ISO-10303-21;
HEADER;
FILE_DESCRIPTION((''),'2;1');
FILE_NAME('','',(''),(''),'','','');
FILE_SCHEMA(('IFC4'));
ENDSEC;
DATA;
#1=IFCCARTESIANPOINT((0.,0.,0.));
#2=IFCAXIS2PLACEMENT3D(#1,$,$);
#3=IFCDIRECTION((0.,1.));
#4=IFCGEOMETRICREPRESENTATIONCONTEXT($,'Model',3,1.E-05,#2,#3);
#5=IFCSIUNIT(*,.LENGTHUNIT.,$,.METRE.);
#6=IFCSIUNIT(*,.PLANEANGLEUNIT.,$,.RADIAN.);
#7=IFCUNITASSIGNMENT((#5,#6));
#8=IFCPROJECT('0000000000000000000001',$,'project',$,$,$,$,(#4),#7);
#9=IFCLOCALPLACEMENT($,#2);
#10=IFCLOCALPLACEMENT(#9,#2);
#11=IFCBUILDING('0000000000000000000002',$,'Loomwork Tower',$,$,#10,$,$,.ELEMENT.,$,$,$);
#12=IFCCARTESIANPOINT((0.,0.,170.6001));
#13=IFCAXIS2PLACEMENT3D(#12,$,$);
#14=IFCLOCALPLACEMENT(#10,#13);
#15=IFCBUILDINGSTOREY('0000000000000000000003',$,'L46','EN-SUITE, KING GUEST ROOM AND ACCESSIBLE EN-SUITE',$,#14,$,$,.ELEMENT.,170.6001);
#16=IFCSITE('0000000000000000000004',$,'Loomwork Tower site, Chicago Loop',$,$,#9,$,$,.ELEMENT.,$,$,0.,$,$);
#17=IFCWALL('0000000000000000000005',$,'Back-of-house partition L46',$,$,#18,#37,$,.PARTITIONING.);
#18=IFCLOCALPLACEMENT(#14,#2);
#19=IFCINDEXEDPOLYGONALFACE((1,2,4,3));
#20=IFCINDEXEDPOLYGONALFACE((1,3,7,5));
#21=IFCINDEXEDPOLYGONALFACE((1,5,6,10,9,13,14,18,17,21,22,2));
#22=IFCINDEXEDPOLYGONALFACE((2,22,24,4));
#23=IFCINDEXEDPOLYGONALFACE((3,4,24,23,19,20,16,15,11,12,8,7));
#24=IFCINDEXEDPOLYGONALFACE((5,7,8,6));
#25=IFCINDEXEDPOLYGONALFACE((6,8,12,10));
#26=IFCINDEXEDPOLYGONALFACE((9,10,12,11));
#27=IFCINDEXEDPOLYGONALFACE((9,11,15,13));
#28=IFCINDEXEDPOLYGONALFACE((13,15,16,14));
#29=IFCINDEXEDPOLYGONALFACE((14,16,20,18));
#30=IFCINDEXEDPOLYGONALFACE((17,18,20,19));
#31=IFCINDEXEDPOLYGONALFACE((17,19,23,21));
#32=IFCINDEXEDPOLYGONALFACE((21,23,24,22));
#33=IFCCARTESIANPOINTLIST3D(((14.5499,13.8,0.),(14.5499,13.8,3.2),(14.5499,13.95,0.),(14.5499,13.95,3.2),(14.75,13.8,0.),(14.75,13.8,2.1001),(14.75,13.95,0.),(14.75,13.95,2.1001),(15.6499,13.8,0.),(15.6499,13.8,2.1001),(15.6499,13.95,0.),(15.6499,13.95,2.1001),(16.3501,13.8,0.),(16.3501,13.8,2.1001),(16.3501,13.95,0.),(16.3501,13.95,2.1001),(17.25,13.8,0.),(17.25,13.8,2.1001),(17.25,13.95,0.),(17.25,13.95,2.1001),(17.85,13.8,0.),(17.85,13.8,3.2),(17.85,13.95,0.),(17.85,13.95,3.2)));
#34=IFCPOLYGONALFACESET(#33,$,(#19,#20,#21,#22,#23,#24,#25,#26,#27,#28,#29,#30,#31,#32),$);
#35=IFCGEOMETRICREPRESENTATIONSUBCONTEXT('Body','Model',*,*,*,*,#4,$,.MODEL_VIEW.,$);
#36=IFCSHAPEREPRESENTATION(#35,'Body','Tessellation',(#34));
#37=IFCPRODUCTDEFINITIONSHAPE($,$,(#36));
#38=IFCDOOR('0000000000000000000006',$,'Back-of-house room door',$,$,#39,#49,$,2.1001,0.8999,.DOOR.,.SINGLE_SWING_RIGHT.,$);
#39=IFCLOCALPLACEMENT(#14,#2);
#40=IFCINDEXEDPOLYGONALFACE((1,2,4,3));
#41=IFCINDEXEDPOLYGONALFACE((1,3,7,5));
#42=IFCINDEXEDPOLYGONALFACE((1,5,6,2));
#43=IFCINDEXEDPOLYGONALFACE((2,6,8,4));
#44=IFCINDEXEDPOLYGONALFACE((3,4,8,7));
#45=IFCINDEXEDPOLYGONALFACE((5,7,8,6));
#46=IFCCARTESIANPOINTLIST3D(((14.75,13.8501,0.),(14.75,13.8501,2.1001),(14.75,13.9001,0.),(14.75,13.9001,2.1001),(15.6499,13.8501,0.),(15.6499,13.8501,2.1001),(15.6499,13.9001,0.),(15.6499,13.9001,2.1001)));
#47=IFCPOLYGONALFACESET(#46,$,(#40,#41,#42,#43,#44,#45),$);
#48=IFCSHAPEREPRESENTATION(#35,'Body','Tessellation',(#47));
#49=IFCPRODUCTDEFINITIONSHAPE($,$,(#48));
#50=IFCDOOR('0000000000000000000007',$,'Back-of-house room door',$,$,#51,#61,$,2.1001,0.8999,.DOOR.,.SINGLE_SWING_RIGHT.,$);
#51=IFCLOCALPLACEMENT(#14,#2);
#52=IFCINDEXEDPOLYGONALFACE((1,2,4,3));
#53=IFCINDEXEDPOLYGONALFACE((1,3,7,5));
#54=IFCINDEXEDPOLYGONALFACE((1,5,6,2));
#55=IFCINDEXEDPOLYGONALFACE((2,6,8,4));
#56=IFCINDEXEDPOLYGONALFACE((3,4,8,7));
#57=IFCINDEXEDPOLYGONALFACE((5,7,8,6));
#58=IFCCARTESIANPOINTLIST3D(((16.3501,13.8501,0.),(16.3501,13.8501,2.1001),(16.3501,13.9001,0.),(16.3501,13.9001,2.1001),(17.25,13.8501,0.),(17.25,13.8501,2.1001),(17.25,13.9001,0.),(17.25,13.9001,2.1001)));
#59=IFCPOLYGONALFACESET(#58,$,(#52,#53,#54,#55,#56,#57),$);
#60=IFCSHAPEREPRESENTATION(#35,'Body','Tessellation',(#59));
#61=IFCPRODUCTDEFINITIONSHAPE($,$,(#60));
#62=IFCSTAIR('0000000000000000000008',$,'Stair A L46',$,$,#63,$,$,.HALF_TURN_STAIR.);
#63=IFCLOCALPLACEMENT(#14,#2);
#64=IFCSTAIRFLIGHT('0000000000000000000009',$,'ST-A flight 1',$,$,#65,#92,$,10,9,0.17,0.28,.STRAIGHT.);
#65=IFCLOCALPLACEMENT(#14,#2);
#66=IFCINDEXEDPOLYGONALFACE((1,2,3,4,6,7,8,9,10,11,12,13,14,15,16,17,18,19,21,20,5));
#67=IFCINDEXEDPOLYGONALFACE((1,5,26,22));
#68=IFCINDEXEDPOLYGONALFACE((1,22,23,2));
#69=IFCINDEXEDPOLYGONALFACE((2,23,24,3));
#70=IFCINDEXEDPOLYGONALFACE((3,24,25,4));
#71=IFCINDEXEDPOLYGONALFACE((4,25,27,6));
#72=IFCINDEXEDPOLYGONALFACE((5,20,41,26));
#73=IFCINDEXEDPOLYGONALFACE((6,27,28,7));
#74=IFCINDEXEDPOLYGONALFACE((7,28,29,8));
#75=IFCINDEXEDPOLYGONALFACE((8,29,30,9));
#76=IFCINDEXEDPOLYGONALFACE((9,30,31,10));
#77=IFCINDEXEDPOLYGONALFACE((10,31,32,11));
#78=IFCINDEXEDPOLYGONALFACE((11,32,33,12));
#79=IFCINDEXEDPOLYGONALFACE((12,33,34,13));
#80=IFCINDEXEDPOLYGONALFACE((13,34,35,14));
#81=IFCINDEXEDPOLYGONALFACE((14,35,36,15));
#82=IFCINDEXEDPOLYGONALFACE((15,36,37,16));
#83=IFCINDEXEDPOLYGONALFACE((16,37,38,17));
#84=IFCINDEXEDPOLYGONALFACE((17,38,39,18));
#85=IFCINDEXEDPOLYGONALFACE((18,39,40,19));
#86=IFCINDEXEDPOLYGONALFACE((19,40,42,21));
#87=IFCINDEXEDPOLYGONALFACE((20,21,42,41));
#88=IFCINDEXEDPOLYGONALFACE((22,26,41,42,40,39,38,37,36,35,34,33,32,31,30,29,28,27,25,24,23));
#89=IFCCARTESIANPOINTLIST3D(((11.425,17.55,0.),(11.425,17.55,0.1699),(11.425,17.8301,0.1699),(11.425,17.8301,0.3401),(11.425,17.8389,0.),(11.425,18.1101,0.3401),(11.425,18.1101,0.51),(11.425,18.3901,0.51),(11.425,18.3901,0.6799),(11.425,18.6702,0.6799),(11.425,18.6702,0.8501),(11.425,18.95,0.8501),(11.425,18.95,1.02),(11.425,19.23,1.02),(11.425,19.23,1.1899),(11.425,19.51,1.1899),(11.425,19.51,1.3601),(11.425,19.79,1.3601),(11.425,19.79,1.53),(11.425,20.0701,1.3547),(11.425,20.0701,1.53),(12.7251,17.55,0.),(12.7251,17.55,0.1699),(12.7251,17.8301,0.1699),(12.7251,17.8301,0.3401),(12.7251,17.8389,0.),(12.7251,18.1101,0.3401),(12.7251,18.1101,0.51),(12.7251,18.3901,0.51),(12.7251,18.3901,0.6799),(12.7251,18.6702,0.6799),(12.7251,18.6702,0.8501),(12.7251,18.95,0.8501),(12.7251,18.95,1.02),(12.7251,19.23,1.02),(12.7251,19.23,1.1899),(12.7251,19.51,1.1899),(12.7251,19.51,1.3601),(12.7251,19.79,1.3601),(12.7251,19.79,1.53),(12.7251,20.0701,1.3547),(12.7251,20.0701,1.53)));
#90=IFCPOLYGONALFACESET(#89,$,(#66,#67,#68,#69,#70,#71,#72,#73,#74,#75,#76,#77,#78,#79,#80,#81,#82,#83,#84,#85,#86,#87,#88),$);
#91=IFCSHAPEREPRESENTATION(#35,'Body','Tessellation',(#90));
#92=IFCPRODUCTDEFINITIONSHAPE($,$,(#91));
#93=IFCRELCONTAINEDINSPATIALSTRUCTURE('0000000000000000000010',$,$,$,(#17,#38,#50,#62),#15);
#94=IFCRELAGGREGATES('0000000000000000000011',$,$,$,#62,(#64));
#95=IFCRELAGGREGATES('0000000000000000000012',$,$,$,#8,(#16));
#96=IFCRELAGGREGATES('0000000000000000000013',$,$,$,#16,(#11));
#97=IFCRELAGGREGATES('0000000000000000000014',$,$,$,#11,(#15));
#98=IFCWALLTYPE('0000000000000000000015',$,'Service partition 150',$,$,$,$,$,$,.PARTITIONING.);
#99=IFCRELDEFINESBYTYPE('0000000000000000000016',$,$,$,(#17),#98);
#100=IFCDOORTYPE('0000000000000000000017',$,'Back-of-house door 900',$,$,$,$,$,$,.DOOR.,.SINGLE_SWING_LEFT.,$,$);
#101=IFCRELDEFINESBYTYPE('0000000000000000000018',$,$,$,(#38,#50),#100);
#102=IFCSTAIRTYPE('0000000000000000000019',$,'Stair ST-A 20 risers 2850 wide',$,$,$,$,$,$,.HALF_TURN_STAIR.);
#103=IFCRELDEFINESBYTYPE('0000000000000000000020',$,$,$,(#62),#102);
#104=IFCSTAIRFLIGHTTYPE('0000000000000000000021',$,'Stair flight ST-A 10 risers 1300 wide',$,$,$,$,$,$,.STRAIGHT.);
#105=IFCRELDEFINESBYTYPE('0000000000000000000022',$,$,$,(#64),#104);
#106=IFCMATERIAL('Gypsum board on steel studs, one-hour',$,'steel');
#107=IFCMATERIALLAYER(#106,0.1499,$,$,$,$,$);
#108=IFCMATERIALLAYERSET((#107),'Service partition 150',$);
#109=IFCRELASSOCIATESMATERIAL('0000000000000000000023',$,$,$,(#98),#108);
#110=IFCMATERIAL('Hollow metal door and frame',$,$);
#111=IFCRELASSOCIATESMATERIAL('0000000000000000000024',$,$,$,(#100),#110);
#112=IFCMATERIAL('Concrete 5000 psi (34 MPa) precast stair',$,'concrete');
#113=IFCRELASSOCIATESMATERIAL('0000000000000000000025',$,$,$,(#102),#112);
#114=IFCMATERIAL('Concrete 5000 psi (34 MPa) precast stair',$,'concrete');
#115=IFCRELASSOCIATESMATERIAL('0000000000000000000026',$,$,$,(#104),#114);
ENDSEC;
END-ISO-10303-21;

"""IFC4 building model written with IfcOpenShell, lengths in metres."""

from ifc_helpers import new_model, si_unit, direction, frame, frame_2d, origin, place, context, subcontext, project, spatial, polyline, rectangle, outline, extrude, material, layer, layer_set, type_object, element, fill, aggregate, save


model = new_model("IFC4")

# Units and contexts
model_context = context("Model", 3, precision=1e-05, world=origin(), true_north=direction((0.0, 1.0)))
body_context = subcontext(model_context, "Body", "Model", "MODEL_VIEW")
ifc_project = project(units=[si_unit("LENGTHUNIT", "METRE"), si_unit("PLANEANGLEUNIT", "RADIAN")], contexts=[model_context])

# Site, building, storey
site_placement = place(None, origin())
site = spatial("IfcSite", under=ifc_project, at=site_placement, Name="Loomwork Tower site, Chicago Loop", CompositionType="ELEMENT", RefElevation=0.0)
building_placement = place(site_placement, origin())
building = spatial("IfcBuilding", under=site, at=building_placement, Name="Loomwork Tower", CompositionType="ELEMENT")
storey_placement = place(building_placement, frame((0.0, 0.0, 170.6001)))
storey = spatial("IfcBuildingStorey", under=building, at=storey_placement, Name="L46", Description="EN-SUITE, KING GUEST ROOM AND ACCESSIBLE EN-SUITE", CompositionType="ELEMENT", Elevation=170.6001)

# Shared definitions
ifc_material_1 = material(Name="Gypsum board on steel studs, one-hour", Category="steel")
ifc_layer_1 = layer(ifc_material_1, 0.1499)
ifc_layer_set_1 = layer_set([ifc_layer_1], Name="Service partition 150")
wall_type_1 = type_object("IfcWallType", Name="Service partition 150", PredefinedType="PARTITIONING", material=ifc_layer_set_1)

# Wall, openings, doors
wall_1_placement = place(storey_placement, frame((14.55, 13.875, 0.0), z_axis=(0.0, 0.0, 1.0), x_axis=(1.0, 0.0, 0.0)))
wall_1 = element("IfcWall", 1, at=wall_1_placement, inside=storey, type_object=wall_type_1, Name="Back-of-house partition L46", PredefinedType="PARTITIONING", context=body_context, shape_type="SweptSolid", body=[
    extrude(rectangle(XDim=3.3, YDim=0.1499, at=frame_2d((1.6499, 0.0))), origin(), (0.0, 0.0, 1.0), 3.2),
])
opening_1_placement = place(wall_1_placement, frame((0.2, 0.0, 0.0)))
opening_1 = element("IfcOpeningElement", 2, at=opening_1_placement, cuts=wall_1, PredefinedType="OPENING", context=body_context, shape_type="SweptSolid", body=[
    extrude(rectangle(XDim=0.8999, YDim=2.1001, at=frame_2d((0.45, 1.05))), frame((0.0, 0.085, 0.0), z_axis=(0.0, -1.0, 0.0), x_axis=(1.0, 0.0, 0.0)), (0.0, 0.0, 1.0), 0.1699),
])
opening_2_placement = place(wall_1_placement, frame((1.8, 0.0, 0.0)))
opening_2 = element("IfcOpeningElement", 3, at=opening_2_placement, cuts=wall_1, PredefinedType="OPENING", context=body_context, shape_type="SweptSolid", body=[
    extrude(rectangle(XDim=0.8999, YDim=2.1001, at=frame_2d((0.45, 1.05))), frame((0.0, 0.085, 0.0), z_axis=(0.0, -1.0, 0.0), x_axis=(1.0, 0.0, 0.0)), (0.0, 0.0, 1.0), 0.1699),
])
ifc_material_2 = material(Name="Hollow metal door and frame")
door_type_1 = type_object("IfcDoorType", Name="Back-of-house door 900", OperationType="SINGLE_SWING_LEFT", PredefinedType="DOOR", material=ifc_material_2)
door_1_placement = place(opening_1_placement, frame((0.8999, 0.0, 0.0), z_axis=(0.0, 0.0, 1.0), x_axis=(-1.0, 0.0, 0.0)))
door_1 = element("IfcDoor", 4, at=door_1_placement, inside=storey, type_object=door_type_1, Name="Back-of-house room door", OperationType="SINGLE_SWING_RIGHT", OverallHeight=2.1001, OverallWidth=0.8999, PredefinedType="DOOR", context=body_context, shape_type="SweptSolid", body=[
    extrude(rectangle(XDim=0.8999, YDim=2.1001, at=frame_2d((0.45, 1.05))), frame((0.0, 0.0249, 0.0), z_axis=(0.0, -1.0, 0.0), x_axis=(1.0, 0.0, 0.0)), (0.0, 0.0, 1.0), 0.05),
])
fill(opening_1, door_1)
door_2_placement = place(opening_2_placement, frame((0.8999, 0.0, 0.0), z_axis=(0.0, 0.0, 1.0), x_axis=(-1.0, 0.0, 0.0)))
door_2 = element("IfcDoor", 5, at=door_2_placement, inside=storey, type_object=door_type_1, Name="Back-of-house room door", OperationType="SINGLE_SWING_RIGHT", OverallHeight=2.1001, OverallWidth=0.8999, PredefinedType="DOOR", context=body_context, shape_type="SweptSolid", body=[
    extrude(rectangle(XDim=0.8999, YDim=2.1001, at=frame_2d((0.45, 1.05))), frame((0.0, 0.0249, 0.0), z_axis=(0.0, -1.0, 0.0), x_axis=(1.0, 0.0, 0.0)), (0.0, 0.0, 1.0), 0.05),
])
fill(opening_2, door_2)

# Stair, stair flight
ifc_material_3 = material(Name="Concrete 5000 psi (34 MPa) precast stair", Category="concrete")
stair_type = type_object("IfcStairType", Name="Stair ST-A 20 risers 2850 wide", PredefinedType="HALF_TURN_STAIR", material=ifc_material_3)
stair_placement = place(storey_placement, origin())
stair = element("IfcStair", 6, at=stair_placement, inside=storey, type_object=stair_type, Name="Stair A L46", PredefinedType="HALF_TURN_STAIR")
ifc_material_4 = material(Name="Concrete 5000 psi (34 MPa) precast stair", Category="concrete")
stair_flight_type = type_object("IfcStairFlightType", Name="Stair flight ST-A 10 risers 1300 wide", PredefinedType="STRAIGHT", material=ifc_material_4)
stair_flight_placement = place(storey_placement, frame((12.075, 17.55, 0.0), z_axis=(0.0, 0.0, 1.0), x_axis=(0.0, 1.0, 0.0)))
stair_flight = element("IfcStairFlight", 7, at=stair_flight_placement, type_object=stair_flight_type, Name="ST-A flight 1", NumberOfRisers=10, NumberOfTreads=9, PredefinedType="STRAIGHT", RiserHeight=0.17, TreadLength=0.28, context=body_context, shape_type="SweptSolid", body=[
    extrude(outline(polyline([(0.0, 0.0), (0.0, 0.1699), (0.28, 0.1699), (0.28, 0.3401), (0.5601, 0.3401), (0.5601, 0.51), (0.8401, 0.51), (0.8401, 0.6799), (1.1201, 0.6799), (1.1201, 0.8501), (1.3999, 0.8501), (1.3999, 1.02), (1.6799, 1.02), (1.6799, 1.1899), (1.96, 1.1899), (1.96, 1.3601), (2.24, 1.3601), (2.24, 1.53), (2.52, 1.53), (2.52, 1.7), (2.52, 1.3547), (0.2888, 0.0), (0.0, 0.0)])), frame((0.0, 0.6499, 0.0), z_axis=(0.0, -1.0, 0.0), x_axis=(1.0, 0.0, 0.0)), (0.0, 0.0, 1.0), 1.3),
])
aggregate(stair, [stair_flight])

save(model, "model.ifc")
